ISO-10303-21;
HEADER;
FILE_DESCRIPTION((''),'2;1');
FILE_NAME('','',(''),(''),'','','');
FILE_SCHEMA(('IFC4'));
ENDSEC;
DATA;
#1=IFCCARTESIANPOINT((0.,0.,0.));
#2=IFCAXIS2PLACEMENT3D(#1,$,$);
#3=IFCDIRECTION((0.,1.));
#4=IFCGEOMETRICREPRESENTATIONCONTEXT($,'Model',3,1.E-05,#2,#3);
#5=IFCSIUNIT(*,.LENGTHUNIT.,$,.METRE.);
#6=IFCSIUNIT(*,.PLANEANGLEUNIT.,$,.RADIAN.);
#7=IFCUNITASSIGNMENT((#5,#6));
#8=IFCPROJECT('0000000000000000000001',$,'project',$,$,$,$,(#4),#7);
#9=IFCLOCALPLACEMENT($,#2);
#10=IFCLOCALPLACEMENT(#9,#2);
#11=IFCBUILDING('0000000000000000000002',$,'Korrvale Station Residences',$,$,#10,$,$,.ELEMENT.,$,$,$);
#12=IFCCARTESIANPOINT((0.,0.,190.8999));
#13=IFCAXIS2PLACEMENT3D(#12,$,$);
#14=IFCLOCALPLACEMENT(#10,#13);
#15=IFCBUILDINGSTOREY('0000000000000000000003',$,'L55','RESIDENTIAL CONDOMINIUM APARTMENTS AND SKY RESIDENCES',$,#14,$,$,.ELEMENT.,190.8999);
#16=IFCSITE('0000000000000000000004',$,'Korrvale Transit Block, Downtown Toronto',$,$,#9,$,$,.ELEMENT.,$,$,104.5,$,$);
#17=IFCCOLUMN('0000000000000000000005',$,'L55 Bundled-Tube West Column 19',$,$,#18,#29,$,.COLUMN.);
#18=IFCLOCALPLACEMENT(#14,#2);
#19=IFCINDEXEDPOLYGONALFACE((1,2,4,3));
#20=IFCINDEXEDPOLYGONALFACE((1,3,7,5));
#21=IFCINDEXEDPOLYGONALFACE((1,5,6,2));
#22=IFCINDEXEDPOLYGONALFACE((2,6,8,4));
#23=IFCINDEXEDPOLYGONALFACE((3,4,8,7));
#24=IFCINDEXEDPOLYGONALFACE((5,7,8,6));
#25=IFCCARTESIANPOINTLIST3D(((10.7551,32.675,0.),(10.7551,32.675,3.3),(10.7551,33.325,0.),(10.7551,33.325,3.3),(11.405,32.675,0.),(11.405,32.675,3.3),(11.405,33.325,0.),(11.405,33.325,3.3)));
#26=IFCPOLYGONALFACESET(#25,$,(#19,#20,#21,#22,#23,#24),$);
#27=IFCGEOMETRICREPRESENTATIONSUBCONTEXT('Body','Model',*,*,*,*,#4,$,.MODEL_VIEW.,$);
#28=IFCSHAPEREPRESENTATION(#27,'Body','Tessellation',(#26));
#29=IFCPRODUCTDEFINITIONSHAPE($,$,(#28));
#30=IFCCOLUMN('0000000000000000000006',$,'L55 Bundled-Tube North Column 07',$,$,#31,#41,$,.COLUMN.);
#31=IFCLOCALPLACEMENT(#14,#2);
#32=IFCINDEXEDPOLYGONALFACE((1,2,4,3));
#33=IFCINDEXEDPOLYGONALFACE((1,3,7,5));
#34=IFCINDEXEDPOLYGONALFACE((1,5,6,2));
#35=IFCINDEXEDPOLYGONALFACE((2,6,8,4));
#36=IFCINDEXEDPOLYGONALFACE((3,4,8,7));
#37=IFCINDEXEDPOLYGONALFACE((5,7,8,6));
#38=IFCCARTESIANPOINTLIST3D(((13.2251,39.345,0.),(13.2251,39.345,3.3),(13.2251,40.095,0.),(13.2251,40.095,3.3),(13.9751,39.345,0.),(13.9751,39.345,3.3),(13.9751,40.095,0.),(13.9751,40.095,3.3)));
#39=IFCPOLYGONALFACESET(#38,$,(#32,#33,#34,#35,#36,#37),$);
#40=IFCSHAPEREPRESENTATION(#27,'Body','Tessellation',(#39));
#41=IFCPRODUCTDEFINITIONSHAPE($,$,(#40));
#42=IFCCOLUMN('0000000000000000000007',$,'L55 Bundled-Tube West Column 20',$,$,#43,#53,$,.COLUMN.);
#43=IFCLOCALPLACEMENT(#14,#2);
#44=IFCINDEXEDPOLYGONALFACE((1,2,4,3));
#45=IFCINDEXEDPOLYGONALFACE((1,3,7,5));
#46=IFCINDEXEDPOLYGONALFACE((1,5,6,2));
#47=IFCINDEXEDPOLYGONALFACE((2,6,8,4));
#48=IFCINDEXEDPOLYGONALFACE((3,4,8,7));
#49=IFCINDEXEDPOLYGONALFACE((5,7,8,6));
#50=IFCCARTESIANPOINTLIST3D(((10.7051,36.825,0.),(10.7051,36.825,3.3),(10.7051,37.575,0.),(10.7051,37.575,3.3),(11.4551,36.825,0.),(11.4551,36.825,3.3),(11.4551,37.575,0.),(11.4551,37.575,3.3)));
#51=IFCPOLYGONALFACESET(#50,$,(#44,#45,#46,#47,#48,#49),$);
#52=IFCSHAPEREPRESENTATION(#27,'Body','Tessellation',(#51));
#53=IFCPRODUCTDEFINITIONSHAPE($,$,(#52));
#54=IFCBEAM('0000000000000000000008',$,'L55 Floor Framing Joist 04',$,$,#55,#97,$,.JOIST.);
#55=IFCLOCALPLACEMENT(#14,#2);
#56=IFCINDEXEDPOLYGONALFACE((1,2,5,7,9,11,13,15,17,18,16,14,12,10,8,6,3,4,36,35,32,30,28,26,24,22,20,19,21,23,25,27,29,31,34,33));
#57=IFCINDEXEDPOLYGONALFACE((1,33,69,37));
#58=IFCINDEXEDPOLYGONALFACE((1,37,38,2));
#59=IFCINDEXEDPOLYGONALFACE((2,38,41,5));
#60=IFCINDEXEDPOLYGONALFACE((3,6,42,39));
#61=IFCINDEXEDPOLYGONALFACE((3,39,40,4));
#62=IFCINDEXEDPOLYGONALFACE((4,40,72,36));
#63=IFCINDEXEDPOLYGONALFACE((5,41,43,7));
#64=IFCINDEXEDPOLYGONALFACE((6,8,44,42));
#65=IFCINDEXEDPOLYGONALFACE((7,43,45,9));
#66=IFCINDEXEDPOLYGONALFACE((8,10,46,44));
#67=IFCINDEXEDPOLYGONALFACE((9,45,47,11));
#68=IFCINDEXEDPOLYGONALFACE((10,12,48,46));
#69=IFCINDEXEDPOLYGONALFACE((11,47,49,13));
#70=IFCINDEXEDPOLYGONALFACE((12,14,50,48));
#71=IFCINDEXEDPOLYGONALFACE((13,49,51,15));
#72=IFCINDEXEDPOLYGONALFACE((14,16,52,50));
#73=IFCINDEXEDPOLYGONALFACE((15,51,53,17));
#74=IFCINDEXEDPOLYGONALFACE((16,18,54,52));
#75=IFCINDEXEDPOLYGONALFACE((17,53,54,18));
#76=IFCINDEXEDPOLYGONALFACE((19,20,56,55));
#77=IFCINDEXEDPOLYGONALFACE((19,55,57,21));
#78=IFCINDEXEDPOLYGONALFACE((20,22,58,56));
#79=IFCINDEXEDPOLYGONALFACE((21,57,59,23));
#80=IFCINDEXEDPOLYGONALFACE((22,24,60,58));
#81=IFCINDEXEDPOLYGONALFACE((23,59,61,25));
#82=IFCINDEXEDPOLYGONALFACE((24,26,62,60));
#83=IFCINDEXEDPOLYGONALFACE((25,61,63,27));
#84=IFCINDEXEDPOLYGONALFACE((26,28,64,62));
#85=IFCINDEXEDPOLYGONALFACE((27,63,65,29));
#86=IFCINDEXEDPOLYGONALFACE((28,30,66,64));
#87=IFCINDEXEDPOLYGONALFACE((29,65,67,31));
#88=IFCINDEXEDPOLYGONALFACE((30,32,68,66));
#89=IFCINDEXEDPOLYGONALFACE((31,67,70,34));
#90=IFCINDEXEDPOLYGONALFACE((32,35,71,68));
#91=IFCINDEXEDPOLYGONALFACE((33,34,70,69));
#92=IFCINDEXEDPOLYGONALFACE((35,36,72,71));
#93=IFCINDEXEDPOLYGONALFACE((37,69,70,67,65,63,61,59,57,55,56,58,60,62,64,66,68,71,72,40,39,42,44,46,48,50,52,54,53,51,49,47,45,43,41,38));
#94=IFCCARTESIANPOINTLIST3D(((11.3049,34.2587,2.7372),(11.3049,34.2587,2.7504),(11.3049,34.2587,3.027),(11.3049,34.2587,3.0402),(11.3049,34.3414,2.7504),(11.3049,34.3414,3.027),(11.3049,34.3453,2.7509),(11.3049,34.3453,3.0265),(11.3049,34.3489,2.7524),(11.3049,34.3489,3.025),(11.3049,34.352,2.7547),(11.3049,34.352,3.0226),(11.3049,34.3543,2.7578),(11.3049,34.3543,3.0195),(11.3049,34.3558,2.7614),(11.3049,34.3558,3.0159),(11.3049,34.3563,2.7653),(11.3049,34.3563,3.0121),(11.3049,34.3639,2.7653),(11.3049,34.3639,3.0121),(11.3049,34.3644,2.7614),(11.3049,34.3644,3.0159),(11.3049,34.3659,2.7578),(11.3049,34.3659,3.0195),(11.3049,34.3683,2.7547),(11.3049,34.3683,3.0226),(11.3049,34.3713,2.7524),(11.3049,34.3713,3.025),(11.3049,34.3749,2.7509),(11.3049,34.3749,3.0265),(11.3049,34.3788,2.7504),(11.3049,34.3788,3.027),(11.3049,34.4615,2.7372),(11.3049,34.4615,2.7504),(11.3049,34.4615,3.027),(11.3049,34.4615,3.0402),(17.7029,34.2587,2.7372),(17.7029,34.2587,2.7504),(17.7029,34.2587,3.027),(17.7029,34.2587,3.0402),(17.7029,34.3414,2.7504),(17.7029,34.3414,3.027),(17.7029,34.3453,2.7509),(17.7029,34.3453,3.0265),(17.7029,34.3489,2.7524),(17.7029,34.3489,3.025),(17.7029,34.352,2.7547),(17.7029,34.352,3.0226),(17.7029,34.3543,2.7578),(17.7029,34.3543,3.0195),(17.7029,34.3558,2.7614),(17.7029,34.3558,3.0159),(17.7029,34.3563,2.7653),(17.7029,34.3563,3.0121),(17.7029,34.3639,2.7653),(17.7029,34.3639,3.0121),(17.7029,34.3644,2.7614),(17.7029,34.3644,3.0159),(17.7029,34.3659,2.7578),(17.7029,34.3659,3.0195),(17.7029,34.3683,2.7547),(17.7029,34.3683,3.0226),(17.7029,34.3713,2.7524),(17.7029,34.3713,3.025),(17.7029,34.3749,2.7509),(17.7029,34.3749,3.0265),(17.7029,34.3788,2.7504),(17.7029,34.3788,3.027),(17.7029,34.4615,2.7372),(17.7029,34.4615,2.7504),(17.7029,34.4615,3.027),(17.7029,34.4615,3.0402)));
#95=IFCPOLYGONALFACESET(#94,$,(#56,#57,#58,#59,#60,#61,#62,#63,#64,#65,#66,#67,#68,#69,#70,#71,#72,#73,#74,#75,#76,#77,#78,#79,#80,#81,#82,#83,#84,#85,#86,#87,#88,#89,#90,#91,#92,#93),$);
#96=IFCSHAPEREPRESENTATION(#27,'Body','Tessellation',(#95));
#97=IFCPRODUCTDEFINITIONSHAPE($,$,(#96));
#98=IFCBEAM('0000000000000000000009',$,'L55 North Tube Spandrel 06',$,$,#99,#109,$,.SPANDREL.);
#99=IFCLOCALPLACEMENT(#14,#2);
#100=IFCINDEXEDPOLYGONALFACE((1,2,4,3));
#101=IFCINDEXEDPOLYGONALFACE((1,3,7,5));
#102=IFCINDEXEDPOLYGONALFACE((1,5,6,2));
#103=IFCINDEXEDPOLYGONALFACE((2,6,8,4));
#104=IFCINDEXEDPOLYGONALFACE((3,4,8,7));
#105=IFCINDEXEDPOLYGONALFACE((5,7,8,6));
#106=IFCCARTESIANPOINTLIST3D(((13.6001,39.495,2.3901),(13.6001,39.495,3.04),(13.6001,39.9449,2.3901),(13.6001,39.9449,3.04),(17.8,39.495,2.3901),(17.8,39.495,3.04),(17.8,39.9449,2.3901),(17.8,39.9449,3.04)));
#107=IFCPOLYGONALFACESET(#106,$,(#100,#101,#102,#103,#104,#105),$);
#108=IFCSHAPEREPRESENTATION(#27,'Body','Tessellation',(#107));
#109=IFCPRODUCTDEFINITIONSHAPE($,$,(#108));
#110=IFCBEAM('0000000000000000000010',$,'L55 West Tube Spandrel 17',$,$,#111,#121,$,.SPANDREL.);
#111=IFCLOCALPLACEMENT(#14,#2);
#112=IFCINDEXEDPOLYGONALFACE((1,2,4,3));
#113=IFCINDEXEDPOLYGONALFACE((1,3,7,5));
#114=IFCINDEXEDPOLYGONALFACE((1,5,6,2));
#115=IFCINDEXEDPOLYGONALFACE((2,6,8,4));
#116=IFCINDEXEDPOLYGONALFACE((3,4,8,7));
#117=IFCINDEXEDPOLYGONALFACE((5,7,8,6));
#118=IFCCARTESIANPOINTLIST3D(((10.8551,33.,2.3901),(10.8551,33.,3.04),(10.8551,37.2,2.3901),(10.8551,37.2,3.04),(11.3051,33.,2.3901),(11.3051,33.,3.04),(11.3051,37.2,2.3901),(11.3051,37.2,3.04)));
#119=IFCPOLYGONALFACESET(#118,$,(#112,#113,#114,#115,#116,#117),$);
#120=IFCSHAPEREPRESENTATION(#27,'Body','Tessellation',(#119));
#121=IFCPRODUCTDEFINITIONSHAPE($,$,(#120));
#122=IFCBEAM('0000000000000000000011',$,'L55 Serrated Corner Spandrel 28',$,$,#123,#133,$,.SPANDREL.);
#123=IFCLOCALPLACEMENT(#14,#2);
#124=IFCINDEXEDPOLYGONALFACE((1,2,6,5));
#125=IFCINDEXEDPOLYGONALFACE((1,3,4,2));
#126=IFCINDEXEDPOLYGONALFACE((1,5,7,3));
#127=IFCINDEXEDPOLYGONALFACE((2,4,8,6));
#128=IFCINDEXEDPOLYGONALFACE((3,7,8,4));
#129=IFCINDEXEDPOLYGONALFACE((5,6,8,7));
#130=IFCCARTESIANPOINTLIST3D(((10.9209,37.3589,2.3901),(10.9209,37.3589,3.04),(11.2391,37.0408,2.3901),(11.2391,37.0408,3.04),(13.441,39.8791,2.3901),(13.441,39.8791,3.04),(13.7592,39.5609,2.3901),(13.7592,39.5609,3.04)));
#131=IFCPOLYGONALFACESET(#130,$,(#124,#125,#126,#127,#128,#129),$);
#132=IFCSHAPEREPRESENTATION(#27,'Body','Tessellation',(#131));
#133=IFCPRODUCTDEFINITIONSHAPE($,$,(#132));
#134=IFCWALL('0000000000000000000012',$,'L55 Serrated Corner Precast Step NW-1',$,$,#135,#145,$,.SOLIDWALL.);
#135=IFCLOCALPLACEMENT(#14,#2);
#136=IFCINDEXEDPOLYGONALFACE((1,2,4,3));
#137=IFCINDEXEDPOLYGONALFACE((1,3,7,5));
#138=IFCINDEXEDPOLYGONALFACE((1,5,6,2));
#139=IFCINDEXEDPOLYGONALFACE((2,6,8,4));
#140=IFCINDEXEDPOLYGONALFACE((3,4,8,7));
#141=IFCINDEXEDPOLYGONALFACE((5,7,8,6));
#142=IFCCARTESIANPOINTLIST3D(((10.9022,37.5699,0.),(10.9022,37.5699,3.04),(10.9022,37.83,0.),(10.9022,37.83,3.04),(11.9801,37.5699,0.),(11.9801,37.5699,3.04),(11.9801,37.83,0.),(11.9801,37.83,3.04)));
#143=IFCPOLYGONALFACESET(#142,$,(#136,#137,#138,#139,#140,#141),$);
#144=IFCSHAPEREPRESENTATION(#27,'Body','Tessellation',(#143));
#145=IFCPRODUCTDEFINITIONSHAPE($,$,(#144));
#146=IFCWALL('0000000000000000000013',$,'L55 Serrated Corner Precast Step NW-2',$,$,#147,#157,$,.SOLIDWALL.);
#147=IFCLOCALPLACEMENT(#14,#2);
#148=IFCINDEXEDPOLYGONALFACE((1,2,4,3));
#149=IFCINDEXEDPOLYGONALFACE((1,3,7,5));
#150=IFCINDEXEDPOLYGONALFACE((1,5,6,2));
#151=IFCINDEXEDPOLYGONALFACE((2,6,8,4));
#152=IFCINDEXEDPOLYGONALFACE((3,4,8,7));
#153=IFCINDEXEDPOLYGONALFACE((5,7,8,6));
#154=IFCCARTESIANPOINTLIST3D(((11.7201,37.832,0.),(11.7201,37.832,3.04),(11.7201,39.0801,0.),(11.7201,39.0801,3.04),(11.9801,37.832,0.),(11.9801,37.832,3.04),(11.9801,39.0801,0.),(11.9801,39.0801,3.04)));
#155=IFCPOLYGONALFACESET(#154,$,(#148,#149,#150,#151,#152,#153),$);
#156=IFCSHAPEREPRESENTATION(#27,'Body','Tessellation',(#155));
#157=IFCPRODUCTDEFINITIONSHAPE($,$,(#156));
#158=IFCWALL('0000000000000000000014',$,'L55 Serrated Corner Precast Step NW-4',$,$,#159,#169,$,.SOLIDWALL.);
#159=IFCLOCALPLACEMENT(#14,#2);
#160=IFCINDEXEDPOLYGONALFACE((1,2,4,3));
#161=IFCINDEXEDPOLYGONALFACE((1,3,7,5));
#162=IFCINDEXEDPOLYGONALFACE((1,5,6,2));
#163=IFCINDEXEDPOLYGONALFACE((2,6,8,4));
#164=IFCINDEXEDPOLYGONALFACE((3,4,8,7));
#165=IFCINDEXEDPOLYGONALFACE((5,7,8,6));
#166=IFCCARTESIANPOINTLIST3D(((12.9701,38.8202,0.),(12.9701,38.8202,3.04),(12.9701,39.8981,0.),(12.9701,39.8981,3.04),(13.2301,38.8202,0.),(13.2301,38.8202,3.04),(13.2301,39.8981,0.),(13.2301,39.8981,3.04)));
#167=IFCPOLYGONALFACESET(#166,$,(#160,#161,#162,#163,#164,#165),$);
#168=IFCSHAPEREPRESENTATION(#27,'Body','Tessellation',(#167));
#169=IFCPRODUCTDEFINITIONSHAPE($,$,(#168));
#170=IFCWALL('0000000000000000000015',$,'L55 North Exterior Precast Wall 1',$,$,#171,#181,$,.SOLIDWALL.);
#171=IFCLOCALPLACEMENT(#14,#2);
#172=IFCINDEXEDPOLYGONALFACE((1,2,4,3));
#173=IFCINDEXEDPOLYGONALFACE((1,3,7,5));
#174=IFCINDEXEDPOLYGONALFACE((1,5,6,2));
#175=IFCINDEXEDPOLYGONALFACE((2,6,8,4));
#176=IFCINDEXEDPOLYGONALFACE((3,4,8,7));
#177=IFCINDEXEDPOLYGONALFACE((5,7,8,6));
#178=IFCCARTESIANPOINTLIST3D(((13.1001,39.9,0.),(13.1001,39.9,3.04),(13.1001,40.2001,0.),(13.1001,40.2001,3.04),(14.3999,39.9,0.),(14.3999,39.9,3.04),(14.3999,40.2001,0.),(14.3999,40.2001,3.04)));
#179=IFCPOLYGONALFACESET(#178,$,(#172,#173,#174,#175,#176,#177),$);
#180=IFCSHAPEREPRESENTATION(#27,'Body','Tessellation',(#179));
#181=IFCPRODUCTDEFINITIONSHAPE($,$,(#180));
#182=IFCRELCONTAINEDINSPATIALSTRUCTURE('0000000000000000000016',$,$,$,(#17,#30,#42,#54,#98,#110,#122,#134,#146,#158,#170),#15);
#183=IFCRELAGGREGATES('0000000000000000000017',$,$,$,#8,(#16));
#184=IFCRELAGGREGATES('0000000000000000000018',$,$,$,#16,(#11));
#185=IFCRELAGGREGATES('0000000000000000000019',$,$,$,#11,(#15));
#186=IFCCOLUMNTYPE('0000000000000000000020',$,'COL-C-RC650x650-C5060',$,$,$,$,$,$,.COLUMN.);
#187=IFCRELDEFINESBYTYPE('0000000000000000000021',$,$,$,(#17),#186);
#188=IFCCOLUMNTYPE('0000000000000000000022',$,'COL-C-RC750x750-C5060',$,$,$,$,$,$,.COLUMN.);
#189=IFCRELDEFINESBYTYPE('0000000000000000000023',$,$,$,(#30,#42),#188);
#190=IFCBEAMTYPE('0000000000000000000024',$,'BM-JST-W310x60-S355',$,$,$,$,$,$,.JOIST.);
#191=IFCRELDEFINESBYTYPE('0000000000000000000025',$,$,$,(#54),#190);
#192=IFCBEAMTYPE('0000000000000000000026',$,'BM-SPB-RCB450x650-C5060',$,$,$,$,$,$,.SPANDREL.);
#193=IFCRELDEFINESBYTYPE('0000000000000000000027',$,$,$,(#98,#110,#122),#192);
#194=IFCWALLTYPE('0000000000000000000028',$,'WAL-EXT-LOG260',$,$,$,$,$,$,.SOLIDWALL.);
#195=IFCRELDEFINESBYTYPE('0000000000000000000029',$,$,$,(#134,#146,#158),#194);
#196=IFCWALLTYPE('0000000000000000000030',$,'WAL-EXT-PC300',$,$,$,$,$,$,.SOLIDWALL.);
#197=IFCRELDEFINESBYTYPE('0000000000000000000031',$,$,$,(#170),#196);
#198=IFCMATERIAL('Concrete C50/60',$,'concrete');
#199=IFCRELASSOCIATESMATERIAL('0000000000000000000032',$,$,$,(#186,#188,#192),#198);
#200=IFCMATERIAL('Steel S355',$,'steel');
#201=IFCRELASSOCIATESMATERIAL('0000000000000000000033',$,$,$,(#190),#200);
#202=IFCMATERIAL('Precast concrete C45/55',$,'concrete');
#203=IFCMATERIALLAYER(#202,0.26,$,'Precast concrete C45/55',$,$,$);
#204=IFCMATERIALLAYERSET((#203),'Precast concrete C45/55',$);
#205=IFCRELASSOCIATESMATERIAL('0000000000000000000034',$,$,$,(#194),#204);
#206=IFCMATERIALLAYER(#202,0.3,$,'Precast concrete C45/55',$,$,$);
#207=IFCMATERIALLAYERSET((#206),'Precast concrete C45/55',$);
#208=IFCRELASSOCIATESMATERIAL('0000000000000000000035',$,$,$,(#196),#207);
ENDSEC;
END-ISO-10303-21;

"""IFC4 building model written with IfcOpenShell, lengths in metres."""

from ifc_helpers import new_model, si_unit, direction, frame, frame_2d, origin, origin_2d, place, context, subcontext, project, spatial, rectangle, i_section, extrude, material, layer, layer_set, material_profile, profile_set, type_object, element, save


model = new_model("IFC4")

# Units and contexts
model_context = context("Model", 3, precision=1e-05, world=origin(), true_north=direction((0.0, 1.0)))
body_context = subcontext(model_context, "Body", "Model", "MODEL_VIEW")
ifc_project = project(units=[si_unit("LENGTHUNIT", "METRE"), si_unit("PLANEANGLEUNIT", "RADIAN")], contexts=[model_context])

# Site, building, storey
site_placement = place(None, origin())
site = spatial("IfcSite", under=ifc_project, at=site_placement, Name="Korrvale Transit Block, Downtown Toronto", CompositionType="ELEMENT", RefElevation=104.5)
building_placement = place(site_placement, origin())
building = spatial("IfcBuilding", under=site, at=building_placement, Name="Korrvale Station Residences", CompositionType="ELEMENT")
storey_placement = place(building_placement, frame((0.0, 0.0, 190.8999)))
storey = spatial("IfcBuildingStorey", under=building, at=storey_placement, Name="L55", Description="RESIDENTIAL CONDOMINIUM APARTMENTS AND SKY RESIDENCES", CompositionType="ELEMENT", Elevation=190.8999)

# Columns
ifc_material_1 = material(Name="Concrete C50/60", Category="concrete")
ifc_material_profile_1 = material_profile(ifc_material_1, rectangle(XDim=0.6499, YDim=0.6499, at=origin_2d()), Name="RC650x650")
ifc_profile_set_1 = profile_set([ifc_material_profile_1], Name="Concrete C50/60")
column_type_1 = type_object("IfcColumnType", Name="COL-C-RC650x650-C5060", PredefinedType="COLUMN", material=ifc_profile_set_1)
column_placement = place(storey_placement, frame((11.0801, 33.0, 0.0), z_axis=(0.0, 0.0, 1.0), x_axis=(1.0, 0.0, 0.0)))
element("IfcColumn", 1, at=column_placement, inside=storey, type_object=column_type_1, Name="L55 Bundled-Tube West Column 19", PredefinedType="COLUMN", context=body_context, shape_type="SweptSolid", body=[
    extrude(rectangle(XDim=0.6499, YDim=0.6499, at=origin_2d()), origin(), (0.0, 0.0, 1.0), 3.3),
])
ifc_material_profile_2 = material_profile(ifc_material_1, rectangle(XDim=0.75, YDim=0.75, at=origin_2d()), Name="RC750x750")
ifc_profile_set_2 = profile_set([ifc_material_profile_2], Name="Concrete C50/60")
column_type_2 = type_object("IfcColumnType", Name="COL-C-RC750x750-C5060", PredefinedType="COLUMN", material=ifc_profile_set_2)
for number, where, z_axis, x_axis, name in (
    (2, (13.6001, 39.72, 0.0), (0.0, 0.0, 1.0), (1.0, 0.0, 0.0), "L55 Bundled-Tube North Column 07"),
    (3, (11.0801, 37.2, 0.0), (0.0, 0.0, 1.0), (1.0, 0.0, 0.0), "L55 Bundled-Tube West Column 20"),
):
    element("IfcColumn", number, at=place(storey_placement, frame(where, z_axis=z_axis, x_axis=x_axis)), inside=storey, type_object=column_type_2, Name=name, PredefinedType="COLUMN", context=body_context, shape_type="SweptSolid", body=[
        extrude(rectangle(XDim=0.75, YDim=0.75, at=origin_2d()), origin(), (0.0, 0.0, 1.0), 3.3),
    ])

# Beams
ifc_material_2 = material(Name="Steel S355", Category="steel")
ifc_material_profile_3 = material_profile(ifc_material_2, i_section(OverallWidth=0.2029, OverallDepth=0.303, WebThickness=0.0076, FlangeThickness=0.0132, FilletRadius=0.0149, at=origin_2d()), Name="W310x60")
ifc_profile_set_3 = profile_set([ifc_material_profile_3], Name="Steel S355")
beam_type_1 = type_object("IfcBeamType", Name="BM-JST-W310x60-S355", PredefinedType="JOIST", material=ifc_profile_set_3)
beam_1_placement = place(storey_placement, frame((11.3049, 34.3601, 2.8887), z_axis=(1.0, 0.0, 0.0), x_axis=(0.0, 1.0, 0.0)))
element("IfcBeam", 4, at=beam_1_placement, inside=storey, type_object=beam_type_1, Name="L55 Floor Framing Joist 04", PredefinedType="JOIST", context=body_context, shape_type="SweptSolid", body=[
    extrude(i_section(OverallWidth=0.2029, OverallDepth=0.303, WebThickness=0.0076, FlangeThickness=0.0132, FilletRadius=0.0149, at=origin_2d()), origin(), (0.0, 0.0, 1.0), 6.3979),
])
ifc_material_profile_4 = material_profile(ifc_material_1, rectangle(XDim=0.45, YDim=0.6499, at=origin_2d()), Name="RCB450x650")
ifc_profile_set_4 = profile_set([ifc_material_profile_4], Name="Concrete C50/60")
beam_type_2 = type_object("IfcBeamType", Name="BM-SPB-RCB450x650-C5060", PredefinedType="SPANDREL", material=ifc_profile_set_4)
for number, where, z_axis, x_axis, name in (
    (5, (13.6001, 39.72, 2.7151), (1.0, 0.0, 0.0), (0.0, 1.0, 0.0), "L55 North Tube Spandrel 06"),
    (6, (11.0801, 33.0, 2.7151), (0.0, 1.0, 0.0), (-1.0, 0.0, 0.0), "L55 West Tube Spandrel 17"),
):
    element("IfcBeam", number, at=place(storey_placement, frame(where, z_axis=z_axis, x_axis=x_axis)), inside=storey, type_object=beam_type_2, Name=name, PredefinedType="SPANDREL", context=body_context, shape_type="SweptSolid", body=[
        extrude(rectangle(XDim=0.45, YDim=0.6499, at=origin_2d()), origin(), (0.0, 0.0, 1.0), 4.2),
    ])
beam_2_placement = place(storey_placement, frame((13.6001, 39.72, 2.7151), z_axis=(-0.707107, -0.707107, 0.0), x_axis=(0.707107, -0.707107, 0.0)))
element("IfcBeam", 7, at=beam_2_placement, inside=storey, type_object=beam_type_2, Name="L55 Serrated Corner Spandrel 28", PredefinedType="SPANDREL", context=body_context, shape_type="SweptSolid", body=[
    extrude(rectangle(XDim=0.45, YDim=0.6499, at=origin_2d()), origin(), (0.0, 0.0, 1.0), 3.564),
])

# Walls
ifc_material_3 = material(Name="Precast concrete C45/55", Category="concrete")
ifc_layer_1 = layer(ifc_material_3, 0.26, Name="Precast concrete C45/55")
ifc_layer_set_1 = layer_set([ifc_layer_1], Name="Precast concrete C45/55")
wall_type_1 = type_object("IfcWallType", Name="WAL-EXT-LOG260", PredefinedType="SOLIDWALL", material=ifc_layer_set_1)
wall_1_placement = place(storey_placement, frame((10.9021, 37.7, 0.0), z_axis=(0.0, 0.0, 1.0), x_axis=(1.0, 0.0, 0.0)))
element("IfcWall", 8, at=wall_1_placement, inside=storey, type_object=wall_type_1, Name="L55 Serrated Corner Precast Step NW-1", PredefinedType="SOLIDWALL", context=body_context, shape_type="SweptSolid", body=[
    extrude(rectangle(XDim=1.0779, YDim=0.26, at=frame_2d((0.5391, 0.0))), origin(), (0.0, 0.0, 1.0), 3.04),
])
wall_2_placement = place(storey_placement, frame((11.8501, 37.832, 0.0), z_axis=(0.0, 0.0, 1.0), x_axis=(0.0, 1.0, 0.0)))
element("IfcWall", 9, at=wall_2_placement, inside=storey, type_object=wall_type_1, Name="L55 Serrated Corner Precast Step NW-2", PredefinedType="SOLIDWALL", context=body_context, shape_type="SweptSolid", body=[
    extrude(rectangle(XDim=1.248, YDim=0.26, at=frame_2d((0.624, 0.0))), origin(), (0.0, 0.0, 1.0), 3.04),
])
wall_3_placement = place(storey_placement, frame((13.1001, 38.8201, 0.0), z_axis=(0.0, 0.0, 1.0), x_axis=(0.0, 1.0, 0.0)))
element("IfcWall", 10, at=wall_3_placement, inside=storey, type_object=wall_type_1, Name="L55 Serrated Corner Precast Step NW-4", PredefinedType="SOLIDWALL", context=body_context, shape_type="SweptSolid", body=[
    extrude(rectangle(XDim=1.0779, YDim=0.26, at=frame_2d((0.5391, 0.0))), origin(), (0.0, 0.0, 1.0), 3.04),
])
ifc_layer_2 = layer(ifc_material_3, 0.3, Name="Precast concrete C45/55")
ifc_layer_set_2 = layer_set([ifc_layer_2], Name="Precast concrete C45/55")
wall_type_2 = type_object("IfcWallType", Name="WAL-EXT-PC300", PredefinedType="SOLIDWALL", material=ifc_layer_set_2)
wall_4_placement = place(storey_placement, frame((13.1001, 40.05, 0.0), z_axis=(0.0, 0.0, 1.0), x_axis=(1.0, 0.0, 0.0)))
element("IfcWall", 11, at=wall_4_placement, inside=storey, type_object=wall_type_2, Name="L55 North Exterior Precast Wall 1", PredefinedType="SOLIDWALL", context=body_context, shape_type="SweptSolid", body=[
    extrude(rectangle(XDim=1.2998, YDim=0.3, at=frame_2d((0.6499, 0.0))), origin(), (0.0, 0.0, 1.0), 3.04),
])

save(model, "model.ifc")
